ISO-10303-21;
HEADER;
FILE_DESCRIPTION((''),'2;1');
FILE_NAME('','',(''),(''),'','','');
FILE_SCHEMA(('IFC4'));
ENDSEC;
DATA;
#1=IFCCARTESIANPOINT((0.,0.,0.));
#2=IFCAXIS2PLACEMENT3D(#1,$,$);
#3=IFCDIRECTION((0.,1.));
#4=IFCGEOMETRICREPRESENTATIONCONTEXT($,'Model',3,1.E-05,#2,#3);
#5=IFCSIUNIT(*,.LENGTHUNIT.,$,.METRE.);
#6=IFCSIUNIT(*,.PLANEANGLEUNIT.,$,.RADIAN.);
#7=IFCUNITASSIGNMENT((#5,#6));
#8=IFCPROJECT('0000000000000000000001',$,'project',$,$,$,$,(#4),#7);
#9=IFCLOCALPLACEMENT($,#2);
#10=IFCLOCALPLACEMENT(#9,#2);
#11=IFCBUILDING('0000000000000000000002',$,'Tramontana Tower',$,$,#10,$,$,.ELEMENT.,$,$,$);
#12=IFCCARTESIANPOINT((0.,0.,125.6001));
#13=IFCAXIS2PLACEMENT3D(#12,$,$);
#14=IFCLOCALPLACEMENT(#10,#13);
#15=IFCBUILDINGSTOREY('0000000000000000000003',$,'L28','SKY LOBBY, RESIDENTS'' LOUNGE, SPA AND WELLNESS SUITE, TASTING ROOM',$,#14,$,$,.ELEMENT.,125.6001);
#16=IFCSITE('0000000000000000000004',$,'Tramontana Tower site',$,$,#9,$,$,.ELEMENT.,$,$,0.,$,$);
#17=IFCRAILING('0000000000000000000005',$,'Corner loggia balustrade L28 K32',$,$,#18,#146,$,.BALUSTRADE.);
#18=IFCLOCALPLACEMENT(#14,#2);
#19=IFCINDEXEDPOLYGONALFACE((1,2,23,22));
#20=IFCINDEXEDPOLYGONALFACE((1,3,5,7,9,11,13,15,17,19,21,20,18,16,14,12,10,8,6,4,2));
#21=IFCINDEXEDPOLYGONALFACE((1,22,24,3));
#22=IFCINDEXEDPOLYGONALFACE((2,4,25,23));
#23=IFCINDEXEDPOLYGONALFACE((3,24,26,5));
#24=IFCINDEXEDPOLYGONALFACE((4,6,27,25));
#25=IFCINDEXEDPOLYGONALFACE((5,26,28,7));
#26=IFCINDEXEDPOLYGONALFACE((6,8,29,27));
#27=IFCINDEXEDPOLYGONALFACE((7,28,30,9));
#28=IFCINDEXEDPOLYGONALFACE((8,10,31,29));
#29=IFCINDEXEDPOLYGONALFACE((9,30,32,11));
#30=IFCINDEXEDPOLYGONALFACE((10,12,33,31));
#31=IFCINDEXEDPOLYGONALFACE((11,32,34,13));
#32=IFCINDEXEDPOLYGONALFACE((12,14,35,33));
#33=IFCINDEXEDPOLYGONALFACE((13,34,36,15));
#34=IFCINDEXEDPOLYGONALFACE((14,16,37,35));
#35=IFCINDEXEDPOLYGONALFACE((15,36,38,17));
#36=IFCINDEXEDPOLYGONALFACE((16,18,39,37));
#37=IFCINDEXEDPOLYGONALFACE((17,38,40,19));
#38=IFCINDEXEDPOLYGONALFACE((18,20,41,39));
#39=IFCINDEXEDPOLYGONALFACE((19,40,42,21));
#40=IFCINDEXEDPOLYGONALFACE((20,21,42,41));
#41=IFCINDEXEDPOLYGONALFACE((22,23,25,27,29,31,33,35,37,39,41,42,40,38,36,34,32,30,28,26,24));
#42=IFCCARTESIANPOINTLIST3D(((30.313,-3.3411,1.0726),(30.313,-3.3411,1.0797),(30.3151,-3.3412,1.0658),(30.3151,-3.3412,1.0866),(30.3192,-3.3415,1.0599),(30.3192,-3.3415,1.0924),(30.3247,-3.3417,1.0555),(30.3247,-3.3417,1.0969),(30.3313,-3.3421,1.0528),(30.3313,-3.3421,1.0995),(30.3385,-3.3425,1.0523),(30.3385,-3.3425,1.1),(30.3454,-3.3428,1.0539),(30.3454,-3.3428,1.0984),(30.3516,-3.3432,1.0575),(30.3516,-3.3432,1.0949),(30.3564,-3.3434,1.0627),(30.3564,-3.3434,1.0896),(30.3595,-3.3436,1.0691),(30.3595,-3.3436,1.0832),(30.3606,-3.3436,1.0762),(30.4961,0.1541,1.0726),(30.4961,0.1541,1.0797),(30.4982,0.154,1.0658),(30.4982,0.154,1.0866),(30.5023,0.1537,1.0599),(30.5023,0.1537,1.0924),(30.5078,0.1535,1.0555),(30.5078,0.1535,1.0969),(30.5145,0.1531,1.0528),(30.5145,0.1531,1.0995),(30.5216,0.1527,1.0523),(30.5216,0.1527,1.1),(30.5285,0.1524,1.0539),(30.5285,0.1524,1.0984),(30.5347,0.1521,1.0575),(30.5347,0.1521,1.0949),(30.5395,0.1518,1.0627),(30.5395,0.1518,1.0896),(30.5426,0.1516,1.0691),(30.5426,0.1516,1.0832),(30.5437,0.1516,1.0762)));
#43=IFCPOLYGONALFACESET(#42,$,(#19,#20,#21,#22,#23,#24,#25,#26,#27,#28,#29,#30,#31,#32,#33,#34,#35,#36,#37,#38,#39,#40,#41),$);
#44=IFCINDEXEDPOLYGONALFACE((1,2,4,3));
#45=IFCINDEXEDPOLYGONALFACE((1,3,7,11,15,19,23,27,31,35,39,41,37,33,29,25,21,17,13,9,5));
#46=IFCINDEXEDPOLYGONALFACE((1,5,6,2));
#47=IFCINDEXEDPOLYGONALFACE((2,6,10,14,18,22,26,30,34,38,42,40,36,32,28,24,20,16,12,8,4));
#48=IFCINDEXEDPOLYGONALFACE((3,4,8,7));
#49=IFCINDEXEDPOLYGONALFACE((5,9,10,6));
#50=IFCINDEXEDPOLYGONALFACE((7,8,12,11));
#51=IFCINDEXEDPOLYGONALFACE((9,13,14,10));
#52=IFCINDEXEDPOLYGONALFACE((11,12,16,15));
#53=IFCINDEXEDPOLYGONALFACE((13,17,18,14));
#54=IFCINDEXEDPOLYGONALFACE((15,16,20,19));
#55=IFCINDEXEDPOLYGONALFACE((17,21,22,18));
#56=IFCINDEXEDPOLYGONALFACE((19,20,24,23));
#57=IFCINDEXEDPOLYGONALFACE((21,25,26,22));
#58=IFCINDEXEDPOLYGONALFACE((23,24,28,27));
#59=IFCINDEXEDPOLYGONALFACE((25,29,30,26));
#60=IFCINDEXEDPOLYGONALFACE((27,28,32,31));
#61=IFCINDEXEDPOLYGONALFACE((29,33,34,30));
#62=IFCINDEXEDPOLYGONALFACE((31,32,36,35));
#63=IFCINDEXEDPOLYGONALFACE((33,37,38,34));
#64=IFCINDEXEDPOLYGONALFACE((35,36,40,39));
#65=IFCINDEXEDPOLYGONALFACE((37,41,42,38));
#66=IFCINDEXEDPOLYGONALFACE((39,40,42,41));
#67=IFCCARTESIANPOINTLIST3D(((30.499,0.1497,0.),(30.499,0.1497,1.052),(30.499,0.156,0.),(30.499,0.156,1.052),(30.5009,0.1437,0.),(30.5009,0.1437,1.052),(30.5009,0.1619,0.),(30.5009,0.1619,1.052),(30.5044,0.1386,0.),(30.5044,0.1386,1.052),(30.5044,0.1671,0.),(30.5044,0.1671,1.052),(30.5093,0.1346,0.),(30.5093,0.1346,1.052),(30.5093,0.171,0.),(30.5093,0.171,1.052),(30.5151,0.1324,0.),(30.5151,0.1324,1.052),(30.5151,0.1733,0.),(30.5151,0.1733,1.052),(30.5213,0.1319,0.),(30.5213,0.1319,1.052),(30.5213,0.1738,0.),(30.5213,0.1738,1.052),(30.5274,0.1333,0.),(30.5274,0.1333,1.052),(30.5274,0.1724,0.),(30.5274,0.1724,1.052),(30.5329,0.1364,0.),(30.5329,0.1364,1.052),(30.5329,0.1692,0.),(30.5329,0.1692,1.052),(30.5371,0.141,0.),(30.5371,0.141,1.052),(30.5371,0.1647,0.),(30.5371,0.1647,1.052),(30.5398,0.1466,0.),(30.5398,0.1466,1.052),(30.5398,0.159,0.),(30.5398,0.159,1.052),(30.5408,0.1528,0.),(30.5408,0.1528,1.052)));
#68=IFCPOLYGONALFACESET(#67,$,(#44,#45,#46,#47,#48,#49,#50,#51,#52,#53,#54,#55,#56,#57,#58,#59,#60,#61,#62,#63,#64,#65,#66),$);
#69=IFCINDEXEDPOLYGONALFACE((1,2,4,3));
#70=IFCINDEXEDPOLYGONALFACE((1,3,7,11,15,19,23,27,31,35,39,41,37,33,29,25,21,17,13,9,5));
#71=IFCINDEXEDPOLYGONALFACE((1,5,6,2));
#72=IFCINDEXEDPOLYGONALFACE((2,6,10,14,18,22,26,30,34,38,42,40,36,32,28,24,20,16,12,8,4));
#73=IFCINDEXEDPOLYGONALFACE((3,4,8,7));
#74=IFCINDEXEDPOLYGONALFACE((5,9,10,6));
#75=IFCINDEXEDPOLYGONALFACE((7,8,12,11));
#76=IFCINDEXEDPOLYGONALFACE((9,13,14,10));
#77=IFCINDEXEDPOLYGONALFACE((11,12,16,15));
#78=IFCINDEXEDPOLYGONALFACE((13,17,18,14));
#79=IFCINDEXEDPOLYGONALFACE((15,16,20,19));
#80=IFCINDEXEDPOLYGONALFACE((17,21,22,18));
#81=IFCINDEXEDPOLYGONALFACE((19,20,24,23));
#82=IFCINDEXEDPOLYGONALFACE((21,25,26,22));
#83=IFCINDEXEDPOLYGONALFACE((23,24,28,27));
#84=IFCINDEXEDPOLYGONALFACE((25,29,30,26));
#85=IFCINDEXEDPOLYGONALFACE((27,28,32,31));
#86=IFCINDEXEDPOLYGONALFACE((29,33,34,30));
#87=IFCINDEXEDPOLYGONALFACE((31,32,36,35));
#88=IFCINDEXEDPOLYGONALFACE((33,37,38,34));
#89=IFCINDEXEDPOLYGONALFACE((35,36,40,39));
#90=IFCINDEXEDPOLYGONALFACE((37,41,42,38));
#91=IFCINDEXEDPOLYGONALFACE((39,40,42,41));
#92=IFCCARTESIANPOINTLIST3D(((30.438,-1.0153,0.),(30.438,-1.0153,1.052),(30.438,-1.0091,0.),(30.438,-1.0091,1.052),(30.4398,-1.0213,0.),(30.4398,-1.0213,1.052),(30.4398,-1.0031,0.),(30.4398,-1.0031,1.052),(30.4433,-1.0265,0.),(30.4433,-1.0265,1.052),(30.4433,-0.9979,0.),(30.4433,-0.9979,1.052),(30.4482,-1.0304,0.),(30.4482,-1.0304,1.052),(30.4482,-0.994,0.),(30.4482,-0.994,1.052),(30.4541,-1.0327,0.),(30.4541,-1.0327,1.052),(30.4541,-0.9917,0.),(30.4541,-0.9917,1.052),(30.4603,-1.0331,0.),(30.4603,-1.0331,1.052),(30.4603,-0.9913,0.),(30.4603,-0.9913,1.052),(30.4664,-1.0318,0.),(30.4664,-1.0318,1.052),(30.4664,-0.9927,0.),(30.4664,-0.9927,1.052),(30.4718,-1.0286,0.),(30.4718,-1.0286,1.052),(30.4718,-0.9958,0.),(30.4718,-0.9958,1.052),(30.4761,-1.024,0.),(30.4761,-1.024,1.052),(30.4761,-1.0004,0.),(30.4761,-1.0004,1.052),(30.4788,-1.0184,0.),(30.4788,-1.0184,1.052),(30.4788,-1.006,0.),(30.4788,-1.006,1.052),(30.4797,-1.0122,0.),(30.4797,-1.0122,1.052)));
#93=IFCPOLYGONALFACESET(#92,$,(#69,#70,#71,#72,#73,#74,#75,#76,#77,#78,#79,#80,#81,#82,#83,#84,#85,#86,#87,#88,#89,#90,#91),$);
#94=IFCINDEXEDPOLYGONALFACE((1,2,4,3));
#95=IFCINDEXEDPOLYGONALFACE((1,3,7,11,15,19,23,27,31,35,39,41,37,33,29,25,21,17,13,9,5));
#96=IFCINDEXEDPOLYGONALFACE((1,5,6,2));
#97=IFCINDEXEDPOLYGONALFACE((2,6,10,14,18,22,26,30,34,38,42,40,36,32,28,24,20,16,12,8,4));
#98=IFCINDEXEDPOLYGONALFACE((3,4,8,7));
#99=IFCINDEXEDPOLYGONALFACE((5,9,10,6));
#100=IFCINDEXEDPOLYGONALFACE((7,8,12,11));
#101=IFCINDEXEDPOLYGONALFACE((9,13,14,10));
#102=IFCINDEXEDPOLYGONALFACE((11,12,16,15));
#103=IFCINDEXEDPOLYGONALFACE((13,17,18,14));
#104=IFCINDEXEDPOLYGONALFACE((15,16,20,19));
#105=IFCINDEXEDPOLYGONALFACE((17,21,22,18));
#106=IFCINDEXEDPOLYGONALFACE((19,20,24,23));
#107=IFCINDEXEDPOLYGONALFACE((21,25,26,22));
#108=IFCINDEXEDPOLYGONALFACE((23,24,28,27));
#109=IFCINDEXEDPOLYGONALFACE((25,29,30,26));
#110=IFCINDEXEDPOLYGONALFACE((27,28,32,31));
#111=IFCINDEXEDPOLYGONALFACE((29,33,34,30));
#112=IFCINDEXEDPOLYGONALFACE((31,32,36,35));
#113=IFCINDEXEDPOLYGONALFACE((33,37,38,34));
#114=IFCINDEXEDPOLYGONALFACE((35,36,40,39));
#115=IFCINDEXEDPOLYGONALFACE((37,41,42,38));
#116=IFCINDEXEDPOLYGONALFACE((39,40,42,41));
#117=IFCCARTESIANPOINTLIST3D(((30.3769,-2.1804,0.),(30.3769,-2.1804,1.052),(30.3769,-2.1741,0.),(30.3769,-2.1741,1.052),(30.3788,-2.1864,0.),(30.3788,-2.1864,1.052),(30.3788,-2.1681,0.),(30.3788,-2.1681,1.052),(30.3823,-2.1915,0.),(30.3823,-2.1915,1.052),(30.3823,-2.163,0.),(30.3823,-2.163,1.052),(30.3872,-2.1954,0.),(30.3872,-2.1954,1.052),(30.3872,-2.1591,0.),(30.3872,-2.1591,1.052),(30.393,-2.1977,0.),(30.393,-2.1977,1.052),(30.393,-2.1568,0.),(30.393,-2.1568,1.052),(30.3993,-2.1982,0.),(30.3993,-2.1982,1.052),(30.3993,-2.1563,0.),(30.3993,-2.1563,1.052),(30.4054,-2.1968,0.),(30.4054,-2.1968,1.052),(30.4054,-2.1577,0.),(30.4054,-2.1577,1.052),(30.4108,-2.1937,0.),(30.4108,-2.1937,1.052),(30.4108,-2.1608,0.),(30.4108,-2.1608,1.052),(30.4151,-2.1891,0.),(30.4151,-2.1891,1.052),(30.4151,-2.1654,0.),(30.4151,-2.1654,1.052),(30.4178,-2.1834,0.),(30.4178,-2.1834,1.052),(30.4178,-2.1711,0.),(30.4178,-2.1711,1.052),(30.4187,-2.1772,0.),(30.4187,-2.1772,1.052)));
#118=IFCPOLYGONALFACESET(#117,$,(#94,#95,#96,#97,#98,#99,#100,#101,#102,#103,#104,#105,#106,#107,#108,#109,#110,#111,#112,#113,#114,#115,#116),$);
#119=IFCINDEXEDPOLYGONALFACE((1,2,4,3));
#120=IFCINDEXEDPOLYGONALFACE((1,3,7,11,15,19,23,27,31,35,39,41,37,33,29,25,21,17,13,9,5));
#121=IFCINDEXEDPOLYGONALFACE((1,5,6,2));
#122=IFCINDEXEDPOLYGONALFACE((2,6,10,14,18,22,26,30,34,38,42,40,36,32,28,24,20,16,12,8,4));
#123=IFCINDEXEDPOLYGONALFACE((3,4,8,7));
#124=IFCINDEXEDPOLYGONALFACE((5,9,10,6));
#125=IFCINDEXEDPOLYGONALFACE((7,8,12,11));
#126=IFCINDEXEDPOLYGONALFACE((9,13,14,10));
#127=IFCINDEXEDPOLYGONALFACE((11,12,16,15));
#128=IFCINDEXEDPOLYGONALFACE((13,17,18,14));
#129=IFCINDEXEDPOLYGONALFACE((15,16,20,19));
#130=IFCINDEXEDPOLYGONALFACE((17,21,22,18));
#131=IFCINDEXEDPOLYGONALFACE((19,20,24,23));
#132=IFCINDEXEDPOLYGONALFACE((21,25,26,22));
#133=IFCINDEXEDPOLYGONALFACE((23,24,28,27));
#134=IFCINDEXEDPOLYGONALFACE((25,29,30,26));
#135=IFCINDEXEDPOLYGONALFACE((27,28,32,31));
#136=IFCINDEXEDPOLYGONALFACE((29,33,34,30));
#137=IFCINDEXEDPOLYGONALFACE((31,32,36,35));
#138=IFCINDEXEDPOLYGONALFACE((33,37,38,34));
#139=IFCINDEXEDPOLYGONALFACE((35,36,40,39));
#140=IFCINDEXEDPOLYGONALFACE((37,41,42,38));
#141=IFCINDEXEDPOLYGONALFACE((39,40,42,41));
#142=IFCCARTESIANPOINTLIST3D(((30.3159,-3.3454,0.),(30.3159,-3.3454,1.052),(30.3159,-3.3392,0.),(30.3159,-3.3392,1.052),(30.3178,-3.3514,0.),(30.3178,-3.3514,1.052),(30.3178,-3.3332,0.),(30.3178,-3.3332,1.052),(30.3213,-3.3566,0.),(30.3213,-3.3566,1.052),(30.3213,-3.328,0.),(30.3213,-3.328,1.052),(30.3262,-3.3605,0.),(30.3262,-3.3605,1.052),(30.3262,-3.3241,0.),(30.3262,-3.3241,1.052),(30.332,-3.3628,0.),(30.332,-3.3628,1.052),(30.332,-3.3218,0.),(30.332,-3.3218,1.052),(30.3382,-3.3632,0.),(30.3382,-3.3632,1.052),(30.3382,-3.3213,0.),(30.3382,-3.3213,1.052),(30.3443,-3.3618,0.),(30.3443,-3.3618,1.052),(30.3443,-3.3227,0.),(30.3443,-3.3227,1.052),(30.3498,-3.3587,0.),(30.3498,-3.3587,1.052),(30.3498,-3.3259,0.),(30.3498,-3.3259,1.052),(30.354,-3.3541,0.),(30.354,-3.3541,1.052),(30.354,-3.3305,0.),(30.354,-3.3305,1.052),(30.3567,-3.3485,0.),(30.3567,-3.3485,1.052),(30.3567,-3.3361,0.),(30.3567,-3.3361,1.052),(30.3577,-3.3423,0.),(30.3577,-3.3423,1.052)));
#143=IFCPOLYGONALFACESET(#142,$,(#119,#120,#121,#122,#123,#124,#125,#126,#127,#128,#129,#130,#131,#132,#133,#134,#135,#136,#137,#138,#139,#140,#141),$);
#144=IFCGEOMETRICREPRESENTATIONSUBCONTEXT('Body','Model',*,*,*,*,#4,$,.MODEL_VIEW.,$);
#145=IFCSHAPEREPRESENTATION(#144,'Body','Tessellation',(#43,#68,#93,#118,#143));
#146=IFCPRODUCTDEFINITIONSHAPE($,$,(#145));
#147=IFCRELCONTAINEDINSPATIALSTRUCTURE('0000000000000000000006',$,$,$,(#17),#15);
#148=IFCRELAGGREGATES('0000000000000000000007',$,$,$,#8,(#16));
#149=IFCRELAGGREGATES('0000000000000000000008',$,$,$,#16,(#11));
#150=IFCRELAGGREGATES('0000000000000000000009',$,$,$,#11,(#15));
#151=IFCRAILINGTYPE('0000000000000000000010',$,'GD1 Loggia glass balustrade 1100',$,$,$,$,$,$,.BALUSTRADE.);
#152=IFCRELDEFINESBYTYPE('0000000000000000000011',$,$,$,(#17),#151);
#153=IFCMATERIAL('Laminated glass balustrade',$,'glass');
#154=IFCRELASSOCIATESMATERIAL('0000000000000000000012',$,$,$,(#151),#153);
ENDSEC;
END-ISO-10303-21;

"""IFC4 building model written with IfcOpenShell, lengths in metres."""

from ifc_helpers import new_model, si_unit, direction, frame, origin, origin_2d, place, context, subcontext, project, spatial, circle, extrude, material, type_object, element, save


model = new_model("IFC4")

# Units and contexts
model_context = context("Model", 3, precision=1e-05, world=origin(), true_north=direction((0.0, 1.0)))
body_context = subcontext(model_context, "Body", "Model", "MODEL_VIEW")
ifc_project = project(units=[si_unit("LENGTHUNIT", "METRE"), si_unit("PLANEANGLEUNIT", "RADIAN")], contexts=[model_context])

# Site, building, storey
site_placement = place(None, origin())
site = spatial("IfcSite", under=ifc_project, at=site_placement, Name="Tramontana Tower site", CompositionType="ELEMENT", RefElevation=0.0)
building_placement = place(site_placement, origin())
building = spatial("IfcBuilding", under=site, at=building_placement, Name="Tramontana Tower", CompositionType="ELEMENT")
storey_placement = place(building_placement, frame((0.0, 0.0, 125.6001)))
storey = spatial("IfcBuildingStorey", under=building, at=storey_placement, Name="L28", Description="SKY LOBBY, RESIDENTS' LOUNGE, SPA AND WELLNESS SUITE, TASTING ROOM", CompositionType="ELEMENT", Elevation=125.6001)

# Railing
ifc_material_1 = material(Name="Laminated glass balustrade", Category="glass")
railing_type = type_object("IfcRailingType", Name="GD1 Loggia glass balustrade 1100", PredefinedType="BALUSTRADE", material=ifc_material_1)
railing_placement = place(storey_placement, frame((30.5198, 0.1528, 0.0)))
element("IfcRailing", 1, at=railing_placement, inside=storey, type_object=railing_type, Name="Corner loggia balustrade L28 K32", PredefinedType="BALUSTRADE", context=body_context, shape_type="SweptSolid", body=[
    extrude(circle(Radius=0.0239, at=origin_2d()), frame((0.0, 0.0, 1.0762), z_axis=(-0.052317, -0.998631, 0.0), x_axis=(0.998631, -0.052317, 0.0)), (0.0, 0.0, 1.0), 3.5),
    extrude(circle(Radius=0.021, at=origin_2d()), origin(), (0.0, 0.0, 1.0), 1.052),
    extrude(circle(Radius=0.021, at=origin_2d()), frame((-0.061, -1.165, 0.0)), (0.0, 0.0, 1.0), 1.052),
    extrude(circle(Radius=0.021, at=origin_2d()), frame((-0.1221, -2.3301, 0.0)), (0.0, 0.0, 1.0), 1.052),
    extrude(circle(Radius=0.021, at=origin_2d()), frame((-0.1831, -3.4951, 0.0)), (0.0, 0.0, 1.0), 1.052),
])

save(model, "model.ifc")
